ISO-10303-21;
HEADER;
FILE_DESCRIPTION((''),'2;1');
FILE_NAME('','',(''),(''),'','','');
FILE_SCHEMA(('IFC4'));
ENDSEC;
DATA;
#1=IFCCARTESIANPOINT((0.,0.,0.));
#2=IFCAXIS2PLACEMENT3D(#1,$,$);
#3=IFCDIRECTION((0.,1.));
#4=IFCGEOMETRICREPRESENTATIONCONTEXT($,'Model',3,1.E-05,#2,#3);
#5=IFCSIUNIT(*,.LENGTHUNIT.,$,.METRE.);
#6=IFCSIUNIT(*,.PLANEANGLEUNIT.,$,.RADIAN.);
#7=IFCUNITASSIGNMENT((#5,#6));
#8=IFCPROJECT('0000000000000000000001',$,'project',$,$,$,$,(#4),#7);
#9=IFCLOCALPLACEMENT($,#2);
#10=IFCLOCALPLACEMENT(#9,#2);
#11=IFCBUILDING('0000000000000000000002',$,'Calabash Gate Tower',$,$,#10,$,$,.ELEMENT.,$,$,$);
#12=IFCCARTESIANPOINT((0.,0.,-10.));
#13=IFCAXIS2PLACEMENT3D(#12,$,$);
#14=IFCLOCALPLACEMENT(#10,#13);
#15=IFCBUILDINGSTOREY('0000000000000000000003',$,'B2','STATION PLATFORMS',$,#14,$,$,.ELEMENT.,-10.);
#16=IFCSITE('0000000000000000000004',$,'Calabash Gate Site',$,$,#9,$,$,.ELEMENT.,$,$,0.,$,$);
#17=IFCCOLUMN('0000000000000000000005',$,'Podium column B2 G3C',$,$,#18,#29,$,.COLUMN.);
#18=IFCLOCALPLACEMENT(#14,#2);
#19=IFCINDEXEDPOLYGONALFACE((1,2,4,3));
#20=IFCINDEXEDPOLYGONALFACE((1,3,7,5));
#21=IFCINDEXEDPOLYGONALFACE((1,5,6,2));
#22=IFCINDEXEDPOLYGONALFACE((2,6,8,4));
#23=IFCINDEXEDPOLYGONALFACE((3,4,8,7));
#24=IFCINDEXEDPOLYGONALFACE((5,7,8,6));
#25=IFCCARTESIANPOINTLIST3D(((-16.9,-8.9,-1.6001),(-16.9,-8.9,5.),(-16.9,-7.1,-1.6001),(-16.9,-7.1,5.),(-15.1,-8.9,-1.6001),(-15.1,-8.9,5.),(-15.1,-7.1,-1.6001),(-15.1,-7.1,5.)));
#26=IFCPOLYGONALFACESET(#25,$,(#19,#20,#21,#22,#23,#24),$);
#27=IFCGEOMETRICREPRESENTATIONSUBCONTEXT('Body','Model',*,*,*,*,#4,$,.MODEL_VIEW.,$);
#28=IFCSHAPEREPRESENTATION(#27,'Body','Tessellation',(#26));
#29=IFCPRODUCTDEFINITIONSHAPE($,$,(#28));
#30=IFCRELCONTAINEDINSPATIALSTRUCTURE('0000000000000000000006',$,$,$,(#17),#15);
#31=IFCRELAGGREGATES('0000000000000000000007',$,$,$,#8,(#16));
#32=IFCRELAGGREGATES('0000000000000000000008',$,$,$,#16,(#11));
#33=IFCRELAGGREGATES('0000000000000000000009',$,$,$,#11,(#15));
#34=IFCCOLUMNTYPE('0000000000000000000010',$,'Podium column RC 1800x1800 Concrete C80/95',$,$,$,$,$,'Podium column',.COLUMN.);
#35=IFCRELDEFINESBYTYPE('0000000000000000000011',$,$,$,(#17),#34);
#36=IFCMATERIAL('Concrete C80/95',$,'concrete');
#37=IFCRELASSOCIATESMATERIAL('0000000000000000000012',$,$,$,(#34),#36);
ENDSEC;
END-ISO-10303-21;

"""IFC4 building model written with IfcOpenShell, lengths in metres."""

from ifc_helpers import new_model, si_unit, direction, frame, origin, origin_2d, place, context, subcontext, project, spatial, rectangle, extrude, material, material_profile, profile_set, type_object, element, save


model = new_model("IFC4")

# Units and contexts
model_context = context("Model", 3, precision=1e-05, world=origin(), true_north=direction((0.0, 1.0)))
body_context = subcontext(model_context, "Body", "Model", "MODEL_VIEW")
ifc_project = project(units=[si_unit("LENGTHUNIT", "METRE"), si_unit("PLANEANGLEUNIT", "RADIAN")], contexts=[model_context])

# Site, building, storey
site_placement = place(None, origin())
site = spatial("IfcSite", under=ifc_project, at=site_placement, Name="Calabash Gate Site", CompositionType="ELEMENT", RefElevation=0.0)
building_placement = place(site_placement, origin())
building = spatial("IfcBuilding", under=site, at=building_placement, Name="Calabash Gate Tower", CompositionType="ELEMENT")
storey_placement = place(building_placement, frame((0.0, 0.0, -10.0)))
storey = spatial("IfcBuildingStorey", under=building, at=storey_placement, Name="B2", Description="STATION PLATFORMS", CompositionType="ELEMENT", Elevation=-10.0)

# Column
ifc_material_1 = material(Name="Concrete C80/95", Category="concrete")
ifc_material_profile_1 = material_profile(ifc_material_1, rectangle(XDim=1.8, YDim=1.8, at=origin_2d()))
ifc_profile_set_1 = profile_set([ifc_material_profile_1], Name="Concrete C80/95")
column_type = type_object("IfcColumnType", Name="Podium column RC 1800x1800 Concrete C80/95", ElementType="Podium column", PredefinedType="COLUMN", material=ifc_profile_set_1)
for number, where, z_axis, x_axis, name in (
    (1, (-16.0, -8.0, -1.6001), (0.0, 0.0, 1.0), (1.0, 0.0, 0.0), "Podium column B2 G3C"),
):
    element("IfcColumn", number, at=place(storey_placement, frame(where, z_axis=z_axis, x_axis=x_axis)), inside=storey, type_object=column_type, Name=name, PredefinedType="COLUMN", context=body_context, shape_type="SweptSolid", body=[
        extrude(rectangle(XDim=1.8, YDim=1.8, at=origin_2d()), origin(), (0.0, 0.0, 1.0), 6.6001),
    ])

save(model, "model.ifc")
